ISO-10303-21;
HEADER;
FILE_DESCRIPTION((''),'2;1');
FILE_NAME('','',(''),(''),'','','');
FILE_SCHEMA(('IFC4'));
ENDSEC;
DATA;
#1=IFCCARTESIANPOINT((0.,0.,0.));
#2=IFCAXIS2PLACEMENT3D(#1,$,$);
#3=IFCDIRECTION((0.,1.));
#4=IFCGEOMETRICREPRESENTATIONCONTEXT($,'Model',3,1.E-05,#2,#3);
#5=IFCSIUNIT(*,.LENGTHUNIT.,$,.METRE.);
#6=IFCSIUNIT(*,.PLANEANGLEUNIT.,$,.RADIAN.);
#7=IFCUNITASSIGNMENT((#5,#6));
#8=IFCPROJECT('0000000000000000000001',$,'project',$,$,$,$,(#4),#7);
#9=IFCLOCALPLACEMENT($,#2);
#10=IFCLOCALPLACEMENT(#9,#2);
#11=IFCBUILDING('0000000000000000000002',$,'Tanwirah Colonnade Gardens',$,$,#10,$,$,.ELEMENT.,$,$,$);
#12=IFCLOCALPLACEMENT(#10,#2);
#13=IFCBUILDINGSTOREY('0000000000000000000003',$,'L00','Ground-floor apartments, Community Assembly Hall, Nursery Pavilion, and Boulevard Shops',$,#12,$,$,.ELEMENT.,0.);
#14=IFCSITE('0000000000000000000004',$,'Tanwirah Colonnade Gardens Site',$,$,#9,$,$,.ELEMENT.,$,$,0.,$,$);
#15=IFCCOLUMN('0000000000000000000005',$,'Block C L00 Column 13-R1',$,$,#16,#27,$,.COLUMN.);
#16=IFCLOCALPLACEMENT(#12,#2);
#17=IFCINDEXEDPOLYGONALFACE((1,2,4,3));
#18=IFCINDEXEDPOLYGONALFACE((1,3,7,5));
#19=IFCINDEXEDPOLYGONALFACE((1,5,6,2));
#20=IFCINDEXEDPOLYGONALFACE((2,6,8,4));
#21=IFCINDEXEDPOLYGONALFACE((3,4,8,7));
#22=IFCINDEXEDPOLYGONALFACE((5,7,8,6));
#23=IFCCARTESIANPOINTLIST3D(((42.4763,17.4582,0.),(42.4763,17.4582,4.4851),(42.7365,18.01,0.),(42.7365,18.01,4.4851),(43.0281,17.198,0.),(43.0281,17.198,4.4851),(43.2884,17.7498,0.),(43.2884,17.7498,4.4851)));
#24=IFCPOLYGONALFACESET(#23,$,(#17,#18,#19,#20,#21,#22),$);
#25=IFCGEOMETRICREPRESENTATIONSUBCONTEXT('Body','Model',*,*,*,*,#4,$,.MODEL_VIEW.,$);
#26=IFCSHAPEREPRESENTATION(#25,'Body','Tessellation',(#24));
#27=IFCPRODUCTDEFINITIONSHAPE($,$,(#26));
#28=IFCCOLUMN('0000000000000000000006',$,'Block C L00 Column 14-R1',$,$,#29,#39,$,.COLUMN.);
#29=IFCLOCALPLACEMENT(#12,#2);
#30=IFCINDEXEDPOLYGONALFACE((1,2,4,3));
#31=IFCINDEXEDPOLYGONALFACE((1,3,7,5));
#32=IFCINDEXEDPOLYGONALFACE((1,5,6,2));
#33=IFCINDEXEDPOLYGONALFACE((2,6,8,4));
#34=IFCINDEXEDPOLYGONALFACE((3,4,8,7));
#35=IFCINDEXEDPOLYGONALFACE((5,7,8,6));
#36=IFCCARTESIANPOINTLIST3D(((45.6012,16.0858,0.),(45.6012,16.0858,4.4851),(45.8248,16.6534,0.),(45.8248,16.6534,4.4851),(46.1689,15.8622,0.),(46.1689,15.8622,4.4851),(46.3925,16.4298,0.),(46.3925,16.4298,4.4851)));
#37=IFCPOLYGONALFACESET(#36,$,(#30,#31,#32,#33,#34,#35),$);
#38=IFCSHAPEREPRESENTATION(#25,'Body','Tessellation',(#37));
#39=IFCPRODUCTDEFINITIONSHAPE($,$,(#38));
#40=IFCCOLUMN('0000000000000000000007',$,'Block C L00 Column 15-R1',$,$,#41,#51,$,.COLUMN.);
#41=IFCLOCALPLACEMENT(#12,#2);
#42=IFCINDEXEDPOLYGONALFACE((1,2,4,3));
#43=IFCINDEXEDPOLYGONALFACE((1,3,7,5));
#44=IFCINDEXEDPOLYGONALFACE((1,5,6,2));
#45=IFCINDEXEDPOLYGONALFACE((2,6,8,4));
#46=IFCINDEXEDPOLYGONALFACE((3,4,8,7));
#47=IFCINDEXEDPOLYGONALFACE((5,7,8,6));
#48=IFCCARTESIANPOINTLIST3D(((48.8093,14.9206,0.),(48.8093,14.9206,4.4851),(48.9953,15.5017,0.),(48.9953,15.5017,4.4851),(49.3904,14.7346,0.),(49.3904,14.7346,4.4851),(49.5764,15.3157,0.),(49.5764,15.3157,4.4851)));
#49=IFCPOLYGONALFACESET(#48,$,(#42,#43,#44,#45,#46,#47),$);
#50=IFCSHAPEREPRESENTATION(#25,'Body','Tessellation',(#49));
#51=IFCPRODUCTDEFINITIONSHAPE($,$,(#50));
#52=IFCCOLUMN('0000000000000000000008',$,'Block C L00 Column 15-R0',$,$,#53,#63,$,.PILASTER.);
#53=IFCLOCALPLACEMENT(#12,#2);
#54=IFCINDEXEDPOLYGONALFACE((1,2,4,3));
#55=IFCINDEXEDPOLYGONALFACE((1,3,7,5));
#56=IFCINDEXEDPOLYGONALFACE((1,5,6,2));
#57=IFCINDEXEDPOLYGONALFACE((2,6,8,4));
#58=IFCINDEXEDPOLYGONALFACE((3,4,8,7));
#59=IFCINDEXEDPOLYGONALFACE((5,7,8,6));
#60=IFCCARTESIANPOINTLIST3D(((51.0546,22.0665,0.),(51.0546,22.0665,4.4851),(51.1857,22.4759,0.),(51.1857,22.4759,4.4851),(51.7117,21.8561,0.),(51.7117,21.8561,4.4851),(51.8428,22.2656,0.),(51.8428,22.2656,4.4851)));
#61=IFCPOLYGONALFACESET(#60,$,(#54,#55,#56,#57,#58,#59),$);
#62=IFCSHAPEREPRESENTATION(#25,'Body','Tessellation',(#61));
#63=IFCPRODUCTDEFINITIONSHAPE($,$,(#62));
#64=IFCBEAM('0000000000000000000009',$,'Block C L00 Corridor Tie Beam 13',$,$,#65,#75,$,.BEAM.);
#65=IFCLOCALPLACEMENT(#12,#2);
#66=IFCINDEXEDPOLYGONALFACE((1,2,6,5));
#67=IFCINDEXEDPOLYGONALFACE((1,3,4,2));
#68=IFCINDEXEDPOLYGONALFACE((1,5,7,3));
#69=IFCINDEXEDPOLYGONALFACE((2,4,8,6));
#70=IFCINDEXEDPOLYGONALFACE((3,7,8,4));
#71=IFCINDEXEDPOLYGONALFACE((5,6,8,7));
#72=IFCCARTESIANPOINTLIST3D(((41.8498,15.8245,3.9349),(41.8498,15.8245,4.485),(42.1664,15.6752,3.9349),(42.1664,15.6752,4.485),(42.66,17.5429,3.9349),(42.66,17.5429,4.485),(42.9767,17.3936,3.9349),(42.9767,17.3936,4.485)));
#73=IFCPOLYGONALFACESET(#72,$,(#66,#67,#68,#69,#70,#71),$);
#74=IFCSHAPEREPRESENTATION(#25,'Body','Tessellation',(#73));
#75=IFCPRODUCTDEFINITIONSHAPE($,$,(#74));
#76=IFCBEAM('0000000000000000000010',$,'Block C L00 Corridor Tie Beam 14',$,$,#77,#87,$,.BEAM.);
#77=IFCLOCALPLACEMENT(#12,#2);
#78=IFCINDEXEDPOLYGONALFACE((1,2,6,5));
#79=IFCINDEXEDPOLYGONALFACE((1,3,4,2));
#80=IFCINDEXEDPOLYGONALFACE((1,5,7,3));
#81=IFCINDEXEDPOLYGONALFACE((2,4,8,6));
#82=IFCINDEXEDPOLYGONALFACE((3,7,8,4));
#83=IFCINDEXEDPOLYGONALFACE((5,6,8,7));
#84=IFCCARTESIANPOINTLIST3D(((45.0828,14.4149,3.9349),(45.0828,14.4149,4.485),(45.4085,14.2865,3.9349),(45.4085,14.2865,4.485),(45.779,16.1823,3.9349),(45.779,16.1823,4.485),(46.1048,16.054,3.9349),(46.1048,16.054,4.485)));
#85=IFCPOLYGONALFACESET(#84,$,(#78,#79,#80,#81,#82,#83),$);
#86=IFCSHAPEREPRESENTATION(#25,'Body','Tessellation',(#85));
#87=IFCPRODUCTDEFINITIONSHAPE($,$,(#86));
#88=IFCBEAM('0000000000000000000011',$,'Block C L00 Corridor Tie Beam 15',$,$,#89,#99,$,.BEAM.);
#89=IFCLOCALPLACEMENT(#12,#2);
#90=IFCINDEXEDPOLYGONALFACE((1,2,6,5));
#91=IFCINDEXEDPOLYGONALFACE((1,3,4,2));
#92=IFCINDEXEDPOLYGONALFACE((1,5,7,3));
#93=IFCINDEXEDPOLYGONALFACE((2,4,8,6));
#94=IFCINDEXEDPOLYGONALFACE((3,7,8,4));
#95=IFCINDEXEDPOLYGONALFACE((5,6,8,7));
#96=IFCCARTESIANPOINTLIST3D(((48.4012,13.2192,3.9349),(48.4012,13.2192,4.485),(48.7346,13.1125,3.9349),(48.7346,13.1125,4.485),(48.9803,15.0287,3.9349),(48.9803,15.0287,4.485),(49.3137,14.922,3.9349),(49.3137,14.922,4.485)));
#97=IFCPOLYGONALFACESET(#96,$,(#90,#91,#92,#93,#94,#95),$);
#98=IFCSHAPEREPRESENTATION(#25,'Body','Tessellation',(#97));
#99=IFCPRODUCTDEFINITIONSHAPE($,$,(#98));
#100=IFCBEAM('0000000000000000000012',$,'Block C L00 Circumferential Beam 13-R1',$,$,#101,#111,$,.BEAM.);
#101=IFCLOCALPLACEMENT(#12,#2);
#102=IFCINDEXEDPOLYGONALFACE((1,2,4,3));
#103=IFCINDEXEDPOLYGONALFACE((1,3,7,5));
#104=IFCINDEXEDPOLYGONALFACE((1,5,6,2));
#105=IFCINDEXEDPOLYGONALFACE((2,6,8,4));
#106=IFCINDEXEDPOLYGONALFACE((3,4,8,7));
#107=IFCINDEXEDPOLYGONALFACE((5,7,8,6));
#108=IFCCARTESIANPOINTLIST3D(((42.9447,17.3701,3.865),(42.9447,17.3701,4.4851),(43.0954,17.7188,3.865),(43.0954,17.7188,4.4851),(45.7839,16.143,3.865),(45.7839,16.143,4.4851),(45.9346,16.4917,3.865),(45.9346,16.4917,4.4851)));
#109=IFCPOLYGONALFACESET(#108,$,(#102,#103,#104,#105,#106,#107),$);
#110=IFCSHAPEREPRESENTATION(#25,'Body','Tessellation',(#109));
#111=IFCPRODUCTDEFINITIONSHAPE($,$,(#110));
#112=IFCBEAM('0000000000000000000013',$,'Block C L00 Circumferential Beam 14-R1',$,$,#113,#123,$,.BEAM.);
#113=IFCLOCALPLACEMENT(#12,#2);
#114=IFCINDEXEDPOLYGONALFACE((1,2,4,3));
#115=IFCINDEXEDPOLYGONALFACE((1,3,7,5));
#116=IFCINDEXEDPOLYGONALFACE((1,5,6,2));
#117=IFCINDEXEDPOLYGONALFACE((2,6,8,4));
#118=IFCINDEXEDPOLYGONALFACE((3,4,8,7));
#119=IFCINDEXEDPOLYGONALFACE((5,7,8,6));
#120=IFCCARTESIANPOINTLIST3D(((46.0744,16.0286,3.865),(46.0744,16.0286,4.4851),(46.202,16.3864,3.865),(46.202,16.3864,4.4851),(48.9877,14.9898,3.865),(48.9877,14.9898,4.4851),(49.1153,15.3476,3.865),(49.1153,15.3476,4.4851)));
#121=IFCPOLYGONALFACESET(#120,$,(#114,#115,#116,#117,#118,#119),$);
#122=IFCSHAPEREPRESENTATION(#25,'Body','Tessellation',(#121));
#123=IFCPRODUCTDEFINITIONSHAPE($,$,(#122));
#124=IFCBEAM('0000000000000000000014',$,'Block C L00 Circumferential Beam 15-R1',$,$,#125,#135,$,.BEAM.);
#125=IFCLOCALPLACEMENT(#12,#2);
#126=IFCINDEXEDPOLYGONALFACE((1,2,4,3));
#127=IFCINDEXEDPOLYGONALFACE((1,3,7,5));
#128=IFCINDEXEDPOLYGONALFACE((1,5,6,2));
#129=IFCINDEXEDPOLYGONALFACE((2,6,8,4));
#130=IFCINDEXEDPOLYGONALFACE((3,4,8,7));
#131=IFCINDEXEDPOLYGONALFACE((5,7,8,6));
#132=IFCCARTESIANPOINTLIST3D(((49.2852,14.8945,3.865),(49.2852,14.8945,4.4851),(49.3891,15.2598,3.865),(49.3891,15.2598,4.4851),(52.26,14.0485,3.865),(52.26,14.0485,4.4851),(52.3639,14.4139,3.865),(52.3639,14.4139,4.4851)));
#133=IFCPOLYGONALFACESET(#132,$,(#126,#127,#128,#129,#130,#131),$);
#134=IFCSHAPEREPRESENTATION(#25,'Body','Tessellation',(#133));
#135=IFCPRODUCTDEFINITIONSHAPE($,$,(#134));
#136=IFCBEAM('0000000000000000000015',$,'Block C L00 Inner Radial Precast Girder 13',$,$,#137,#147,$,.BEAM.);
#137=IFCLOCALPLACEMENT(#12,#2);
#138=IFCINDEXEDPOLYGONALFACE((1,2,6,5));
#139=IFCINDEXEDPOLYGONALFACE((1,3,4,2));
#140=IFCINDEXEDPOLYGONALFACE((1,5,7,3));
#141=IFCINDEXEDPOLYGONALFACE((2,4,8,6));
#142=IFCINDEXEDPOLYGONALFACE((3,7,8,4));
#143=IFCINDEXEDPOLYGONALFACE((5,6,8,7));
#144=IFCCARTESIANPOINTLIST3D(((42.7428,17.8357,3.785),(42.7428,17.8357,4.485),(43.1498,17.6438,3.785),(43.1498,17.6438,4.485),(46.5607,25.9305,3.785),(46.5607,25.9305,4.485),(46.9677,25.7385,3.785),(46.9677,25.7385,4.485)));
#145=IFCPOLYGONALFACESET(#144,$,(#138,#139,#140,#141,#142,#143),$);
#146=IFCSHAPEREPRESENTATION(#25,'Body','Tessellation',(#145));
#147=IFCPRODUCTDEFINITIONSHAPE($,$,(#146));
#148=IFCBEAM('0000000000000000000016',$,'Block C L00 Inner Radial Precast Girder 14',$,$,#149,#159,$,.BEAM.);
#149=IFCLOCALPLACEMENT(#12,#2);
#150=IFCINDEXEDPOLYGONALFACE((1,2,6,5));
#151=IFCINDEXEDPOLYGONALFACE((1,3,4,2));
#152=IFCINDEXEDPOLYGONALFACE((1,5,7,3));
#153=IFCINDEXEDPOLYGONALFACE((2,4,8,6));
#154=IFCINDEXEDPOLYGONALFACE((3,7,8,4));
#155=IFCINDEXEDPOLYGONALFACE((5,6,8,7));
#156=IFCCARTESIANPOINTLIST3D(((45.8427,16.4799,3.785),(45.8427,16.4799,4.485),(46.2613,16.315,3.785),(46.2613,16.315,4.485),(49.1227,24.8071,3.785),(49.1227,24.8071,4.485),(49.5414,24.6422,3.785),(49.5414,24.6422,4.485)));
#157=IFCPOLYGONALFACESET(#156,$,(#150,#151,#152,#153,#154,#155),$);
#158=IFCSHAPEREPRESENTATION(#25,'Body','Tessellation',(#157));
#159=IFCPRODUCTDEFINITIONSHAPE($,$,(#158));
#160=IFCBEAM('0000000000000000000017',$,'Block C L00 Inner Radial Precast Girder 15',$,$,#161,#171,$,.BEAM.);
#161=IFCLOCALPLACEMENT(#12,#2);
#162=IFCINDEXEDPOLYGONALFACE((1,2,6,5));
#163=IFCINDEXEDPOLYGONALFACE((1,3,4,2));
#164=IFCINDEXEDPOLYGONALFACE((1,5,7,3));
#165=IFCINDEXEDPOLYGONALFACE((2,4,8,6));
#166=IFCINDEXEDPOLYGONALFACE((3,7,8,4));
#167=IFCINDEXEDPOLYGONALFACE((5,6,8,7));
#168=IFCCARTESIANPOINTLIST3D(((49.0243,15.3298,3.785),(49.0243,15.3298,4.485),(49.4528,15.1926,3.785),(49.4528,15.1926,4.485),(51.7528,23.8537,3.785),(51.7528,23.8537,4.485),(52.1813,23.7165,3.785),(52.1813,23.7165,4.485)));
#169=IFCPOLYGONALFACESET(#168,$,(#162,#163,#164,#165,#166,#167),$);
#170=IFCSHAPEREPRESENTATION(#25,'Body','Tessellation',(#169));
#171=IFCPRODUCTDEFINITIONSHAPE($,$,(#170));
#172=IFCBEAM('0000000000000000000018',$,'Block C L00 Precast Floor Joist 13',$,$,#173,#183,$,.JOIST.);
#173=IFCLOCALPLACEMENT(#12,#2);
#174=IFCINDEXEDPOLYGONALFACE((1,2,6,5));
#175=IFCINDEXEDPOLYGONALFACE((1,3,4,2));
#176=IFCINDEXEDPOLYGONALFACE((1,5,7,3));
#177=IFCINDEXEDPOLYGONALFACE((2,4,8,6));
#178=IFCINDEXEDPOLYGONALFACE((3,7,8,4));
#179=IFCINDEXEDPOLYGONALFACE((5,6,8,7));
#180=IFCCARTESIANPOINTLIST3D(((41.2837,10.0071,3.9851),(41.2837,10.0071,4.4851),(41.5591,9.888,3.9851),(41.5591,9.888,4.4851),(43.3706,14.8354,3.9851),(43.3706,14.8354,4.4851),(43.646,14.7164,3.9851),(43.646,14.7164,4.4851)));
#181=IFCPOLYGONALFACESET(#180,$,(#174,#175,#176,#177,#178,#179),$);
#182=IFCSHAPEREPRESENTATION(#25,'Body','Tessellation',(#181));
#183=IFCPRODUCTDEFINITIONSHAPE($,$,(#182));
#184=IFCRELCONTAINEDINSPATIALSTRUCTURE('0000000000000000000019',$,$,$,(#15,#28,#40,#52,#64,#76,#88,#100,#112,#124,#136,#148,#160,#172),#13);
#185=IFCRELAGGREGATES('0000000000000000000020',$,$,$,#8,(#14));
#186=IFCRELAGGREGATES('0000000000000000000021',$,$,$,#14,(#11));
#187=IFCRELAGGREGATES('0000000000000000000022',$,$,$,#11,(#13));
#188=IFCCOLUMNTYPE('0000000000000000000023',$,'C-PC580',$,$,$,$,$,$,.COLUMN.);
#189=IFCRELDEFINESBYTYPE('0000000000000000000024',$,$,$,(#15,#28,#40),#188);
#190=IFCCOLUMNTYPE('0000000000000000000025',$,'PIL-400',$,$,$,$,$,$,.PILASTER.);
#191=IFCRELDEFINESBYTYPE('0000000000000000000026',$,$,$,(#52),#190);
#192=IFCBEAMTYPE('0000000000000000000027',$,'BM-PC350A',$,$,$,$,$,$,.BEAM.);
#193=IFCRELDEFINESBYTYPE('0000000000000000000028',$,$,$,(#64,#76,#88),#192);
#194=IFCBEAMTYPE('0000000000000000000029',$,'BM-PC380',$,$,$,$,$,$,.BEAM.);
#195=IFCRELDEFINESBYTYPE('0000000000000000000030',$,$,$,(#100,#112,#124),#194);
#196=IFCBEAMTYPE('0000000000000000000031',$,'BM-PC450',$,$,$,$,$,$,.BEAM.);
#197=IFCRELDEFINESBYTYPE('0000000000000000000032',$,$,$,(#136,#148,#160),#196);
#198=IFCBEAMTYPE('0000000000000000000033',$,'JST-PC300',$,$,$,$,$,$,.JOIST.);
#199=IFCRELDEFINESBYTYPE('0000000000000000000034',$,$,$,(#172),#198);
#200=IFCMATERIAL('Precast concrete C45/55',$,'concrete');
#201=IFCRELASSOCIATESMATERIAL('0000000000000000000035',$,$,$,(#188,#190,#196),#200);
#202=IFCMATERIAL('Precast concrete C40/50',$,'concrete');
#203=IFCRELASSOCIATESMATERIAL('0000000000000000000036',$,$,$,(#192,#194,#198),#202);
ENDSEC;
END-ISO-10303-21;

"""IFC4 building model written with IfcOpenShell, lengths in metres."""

from ifc_helpers import new_model, si_unit, direction, frame, origin, origin_2d, place, context, subcontext, project, spatial, rectangle, extrude, material, material_profile, profile_set, type_object, element, save


model = new_model("IFC4")

# Units and contexts
model_context = context("Model", 3, precision=1e-05, world=origin(), true_north=direction((0.0, 1.0)))
body_context = subcontext(model_context, "Body", "Model", "MODEL_VIEW")
ifc_project = project(units=[si_unit("LENGTHUNIT", "METRE"), si_unit("PLANEANGLEUNIT", "RADIAN")], contexts=[model_context])

# Site, building, storey
site_placement = place(None, origin())
site = spatial("IfcSite", under=ifc_project, at=site_placement, Name="Tanwirah Colonnade Gardens Site", CompositionType="ELEMENT", RefElevation=0.0)
building_placement = place(site_placement, origin())
building = spatial("IfcBuilding", under=site, at=building_placement, Name="Tanwirah Colonnade Gardens", CompositionType="ELEMENT")
storey_placement = place(building_placement, origin())
storey = spatial("IfcBuildingStorey", under=building, at=storey_placement, Name="L00", Description="Ground-floor apartments, Community Assembly Hall, Nursery Pavilion, and Boulevard Shops", CompositionType="ELEMENT", Elevation=0.0)

# Columns
ifc_material_1 = material(Name="Precast concrete C45/55", Category="concrete")
ifc_material_profile_1 = material_profile(ifc_material_1, rectangle(XDim=0.6101, YDim=0.6101, at=origin_2d()), Name="PC-COL 610x610")
ifc_profile_set_1 = profile_set([ifc_material_profile_1], Name="Precast concrete C45/55")
column_type_1 = type_object("IfcColumnType", Name="C-PC580", PredefinedType="COLUMN", material=ifc_profile_set_1)
for number, where, z_axis, x_axis, name in (
    (1, (42.8823, 17.604, 0.0), (0.0, 0.0, 1.0), (-0.426569, -0.904455, 0.0), "Block C L00 Column 13-R1"),
    (2, (45.9968, 16.2578, 0.0), (0.0, 0.0, 1.0), (-0.366501, -0.930418, 0.0), "Block C L00 Column 14-R1"),
    (3, (49.1929, 15.1182, 0.0), (0.0, 0.0, 1.0), (-0.304864, -0.952396, 0.0), "Block C L00 Column 15-R1"),
):
    element("IfcColumn", number, at=place(storey_placement, frame(where, z_axis=z_axis, x_axis=x_axis)), inside=storey, type_object=column_type_1, Name=name, PredefinedType="COLUMN", context=body_context, shape_type="SweptSolid", body=[
        extrude(rectangle(XDim=0.6101, YDim=0.6101, at=origin_2d()), origin(), (0.0, 0.0, 1.0), 4.4851),
    ])
ifc_material_profile_2 = material_profile(ifc_material_1, rectangle(XDim=0.4299, YDim=0.6899, at=origin_2d()), Name="PC-PIL 430x690")
ifc_profile_set_2 = profile_set([ifc_material_profile_2], Name="Precast concrete C45/55")
column_type_2 = type_object("IfcColumnType", Name="PIL-400", PredefinedType="PILASTER", material=ifc_profile_set_2)
column_placement = place(storey_placement, frame((51.4487, 22.166, 0.0), z_axis=(0.0, 0.0, 1.0), x_axis=(-0.304864, -0.952396, 0.0)))
element("IfcColumn", 4, at=column_placement, inside=storey, type_object=column_type_2, Name="Block C L00 Column 15-R0", PredefinedType="PILASTER", context=body_context, shape_type="SweptSolid", body=[
    extrude(rectangle(XDim=0.4299, YDim=0.6899, at=origin_2d()), origin(), (0.0, 0.0, 1.0), 4.4851),
])

# Beams
ifc_material_2 = material(Name="Precast concrete C40/50", Category="concrete")
ifc_material_profile_3 = material_profile(ifc_material_2, rectangle(XDim=0.3501, YDim=0.55, at=origin_2d()), Name="PC-BM 350x550")
ifc_profile_set_3 = profile_set([ifc_material_profile_3], Name="Precast concrete C40/50")
beam_type_1 = type_object("IfcBeamType", Name="BM-PC350A", PredefinedType="BEAM", material=ifc_profile_set_3)
beam_1_placement = place(storey_placement, frame((42.8184, 17.4683, 4.21), z_axis=(-0.426484, -0.904495, 0.0), x_axis=(0.904495, -0.426484, 0.0)))
element("IfcBeam", 5, at=beam_1_placement, inside=storey, type_object=beam_type_1, Name="Block C L00 Corridor Tie Beam 13", PredefinedType="BEAM", context=body_context, shape_type="SweptSolid", body=[
    extrude(rectangle(XDim=0.3501, YDim=0.55, at=origin_2d()), origin(), (0.0, 0.0, 1.0), 1.8999),
])
beam_2_placement = place(storey_placement, frame((45.9419, 16.1182, 4.21), z_axis=(-0.366511, -0.930414, 0.0), x_axis=(0.930414, -0.366511, 0.0)))
element("IfcBeam", 6, at=beam_2_placement, inside=storey, type_object=beam_type_1, Name="Block C L00 Corridor Tie Beam 14", PredefinedType="BEAM", context=body_context, shape_type="SweptSolid", body=[
    extrude(rectangle(XDim=0.3501, YDim=0.55, at=origin_2d()), origin(), (0.0, 0.0, 1.0), 1.8997),
])
beam_3_placement = place(storey_placement, frame((49.147, 14.9753, 4.21), z_axis=(-0.304794, -0.952418, 0.0), x_axis=(0.952418, -0.304794, 0.0)))
element("IfcBeam", 7, at=beam_3_placement, inside=storey, type_object=beam_type_1, Name="Block C L00 Corridor Tie Beam 15", PredefinedType="BEAM", context=body_context, shape_type="SweptSolid", body=[
    extrude(rectangle(XDim=0.3501, YDim=0.55, at=origin_2d()), origin(), (0.0, 0.0, 1.0), 1.8999),
])
ifc_material_profile_4 = material_profile(ifc_material_2, rectangle(XDim=0.3799, YDim=0.6201, at=origin_2d()), Name="PC-BM 380x620")
ifc_profile_set_4 = profile_set([ifc_material_profile_4], Name="Precast concrete C40/50")
beam_type_2 = type_object("IfcBeamType", Name="BM-PC380", PredefinedType="BEAM", material=ifc_profile_set_4)
for number, where, z_axis, x_axis, name in (
    (8, (43.02, 17.5444, 4.175), (0.917936, -0.396728, 0.0), (0.396728, 0.917936, 0.0), "Block C L00 Circumferential Beam 13-R1"),
    (9, (46.1382, 16.2075, 4.175), (0.941911, -0.335861, 0.0), (0.335861, 0.941911, 0.0), "Block C L00 Circumferential Beam 14-R1"),
):
    element("IfcBeam", number, at=place(storey_placement, frame(where, z_axis=z_axis, x_axis=x_axis)), inside=storey, type_object=beam_type_2, Name=name, PredefinedType="BEAM", context=body_context, shape_type="SweptSolid", body=[
        extrude(rectangle(XDim=0.3799, YDim=0.6201, at=origin_2d()), origin(), (0.0, 0.0, 1.0), 3.093),
    ])
beam_4_placement = place(storey_placement, frame((49.3372, 15.0771, 4.175), z_axis=(0.961866, -0.273522, 0.0), x_axis=(0.273522, 0.961866, 0.0)))
element("IfcBeam", 10, at=beam_4_placement, inside=storey, type_object=beam_type_2, Name="Block C L00 Circumferential Beam 15-R1", PredefinedType="BEAM", context=body_context, shape_type="SweptSolid", body=[
    extrude(rectangle(XDim=0.3799, YDim=0.6201, at=origin_2d()), origin(), (0.0, 0.0, 1.0), 3.0928),
])
ifc_material_profile_5 = material_profile(ifc_material_1, rectangle(XDim=0.45, YDim=0.7, at=origin_2d()), Name="PC-BM 450x700")
ifc_profile_set_5 = profile_set([ifc_material_profile_5], Name="Precast concrete C45/55")
beam_type_3 = type_object("IfcBeamType", Name="BM-PC450", PredefinedType="BEAM", material=ifc_profile_set_5)
for number, where, z_axis, x_axis, name in (
    (11, (42.9463, 17.7397, 4.135), (0.426582, 0.904449, 0.0), (-0.904449, 0.426582, 0.0), "Block C L00 Inner Radial Precast Girder 13"),
    (12, (46.052, 16.3975, 4.135), (0.366489, 0.930422, 0.0), (-0.930422, 0.366489, 0.0), "Block C L00 Inner Radial Precast Girder 14"),
    (13, (49.2385, 15.2612, 4.135), (0.304863, 0.952396, 0.0), (-0.952396, 0.304863, 0.0), "Block C L00 Inner Radial Precast Girder 15"),
):
    element("IfcBeam", number, at=place(storey_placement, frame(where, z_axis=z_axis, x_axis=x_axis)), inside=storey, type_object=beam_type_3, Name=name, PredefinedType="BEAM", context=body_context, shape_type="SweptSolid", body=[
        extrude(rectangle(XDim=0.45, YDim=0.7, at=origin_2d()), origin(), (0.0, 0.0, 1.0), 8.95),
    ])
ifc_material_profile_6 = material_profile(ifc_material_2, rectangle(XDim=0.3, YDim=0.5, at=origin_2d()), Name="PC-JST 300x500")
ifc_profile_set_6 = profile_set([ifc_material_profile_6], Name="Precast concrete C40/50")
beam_type_4 = type_object("IfcBeamType", Name="JST-PC300", PredefinedType="JOIST", material=ifc_profile_set_6)
beam_5_placement = place(storey_placement, frame((43.5083, 14.7759, 4.2351), z_axis=(-0.396746, -0.917928, 0.0), x_axis=(0.917928, -0.396746, 0.0)))
element("IfcBeam", 14, at=beam_5_placement, inside=storey, type_object=beam_type_4, Name="Block C L00 Precast Floor Joist 13", PredefinedType="JOIST", context=body_context, shape_type="SweptSolid", body=[
    extrude(rectangle(XDim=0.3, YDim=0.5, at=origin_2d()), origin(), (0.0, 0.0, 1.0), 5.26),
])

save(model, "model.ifc")
